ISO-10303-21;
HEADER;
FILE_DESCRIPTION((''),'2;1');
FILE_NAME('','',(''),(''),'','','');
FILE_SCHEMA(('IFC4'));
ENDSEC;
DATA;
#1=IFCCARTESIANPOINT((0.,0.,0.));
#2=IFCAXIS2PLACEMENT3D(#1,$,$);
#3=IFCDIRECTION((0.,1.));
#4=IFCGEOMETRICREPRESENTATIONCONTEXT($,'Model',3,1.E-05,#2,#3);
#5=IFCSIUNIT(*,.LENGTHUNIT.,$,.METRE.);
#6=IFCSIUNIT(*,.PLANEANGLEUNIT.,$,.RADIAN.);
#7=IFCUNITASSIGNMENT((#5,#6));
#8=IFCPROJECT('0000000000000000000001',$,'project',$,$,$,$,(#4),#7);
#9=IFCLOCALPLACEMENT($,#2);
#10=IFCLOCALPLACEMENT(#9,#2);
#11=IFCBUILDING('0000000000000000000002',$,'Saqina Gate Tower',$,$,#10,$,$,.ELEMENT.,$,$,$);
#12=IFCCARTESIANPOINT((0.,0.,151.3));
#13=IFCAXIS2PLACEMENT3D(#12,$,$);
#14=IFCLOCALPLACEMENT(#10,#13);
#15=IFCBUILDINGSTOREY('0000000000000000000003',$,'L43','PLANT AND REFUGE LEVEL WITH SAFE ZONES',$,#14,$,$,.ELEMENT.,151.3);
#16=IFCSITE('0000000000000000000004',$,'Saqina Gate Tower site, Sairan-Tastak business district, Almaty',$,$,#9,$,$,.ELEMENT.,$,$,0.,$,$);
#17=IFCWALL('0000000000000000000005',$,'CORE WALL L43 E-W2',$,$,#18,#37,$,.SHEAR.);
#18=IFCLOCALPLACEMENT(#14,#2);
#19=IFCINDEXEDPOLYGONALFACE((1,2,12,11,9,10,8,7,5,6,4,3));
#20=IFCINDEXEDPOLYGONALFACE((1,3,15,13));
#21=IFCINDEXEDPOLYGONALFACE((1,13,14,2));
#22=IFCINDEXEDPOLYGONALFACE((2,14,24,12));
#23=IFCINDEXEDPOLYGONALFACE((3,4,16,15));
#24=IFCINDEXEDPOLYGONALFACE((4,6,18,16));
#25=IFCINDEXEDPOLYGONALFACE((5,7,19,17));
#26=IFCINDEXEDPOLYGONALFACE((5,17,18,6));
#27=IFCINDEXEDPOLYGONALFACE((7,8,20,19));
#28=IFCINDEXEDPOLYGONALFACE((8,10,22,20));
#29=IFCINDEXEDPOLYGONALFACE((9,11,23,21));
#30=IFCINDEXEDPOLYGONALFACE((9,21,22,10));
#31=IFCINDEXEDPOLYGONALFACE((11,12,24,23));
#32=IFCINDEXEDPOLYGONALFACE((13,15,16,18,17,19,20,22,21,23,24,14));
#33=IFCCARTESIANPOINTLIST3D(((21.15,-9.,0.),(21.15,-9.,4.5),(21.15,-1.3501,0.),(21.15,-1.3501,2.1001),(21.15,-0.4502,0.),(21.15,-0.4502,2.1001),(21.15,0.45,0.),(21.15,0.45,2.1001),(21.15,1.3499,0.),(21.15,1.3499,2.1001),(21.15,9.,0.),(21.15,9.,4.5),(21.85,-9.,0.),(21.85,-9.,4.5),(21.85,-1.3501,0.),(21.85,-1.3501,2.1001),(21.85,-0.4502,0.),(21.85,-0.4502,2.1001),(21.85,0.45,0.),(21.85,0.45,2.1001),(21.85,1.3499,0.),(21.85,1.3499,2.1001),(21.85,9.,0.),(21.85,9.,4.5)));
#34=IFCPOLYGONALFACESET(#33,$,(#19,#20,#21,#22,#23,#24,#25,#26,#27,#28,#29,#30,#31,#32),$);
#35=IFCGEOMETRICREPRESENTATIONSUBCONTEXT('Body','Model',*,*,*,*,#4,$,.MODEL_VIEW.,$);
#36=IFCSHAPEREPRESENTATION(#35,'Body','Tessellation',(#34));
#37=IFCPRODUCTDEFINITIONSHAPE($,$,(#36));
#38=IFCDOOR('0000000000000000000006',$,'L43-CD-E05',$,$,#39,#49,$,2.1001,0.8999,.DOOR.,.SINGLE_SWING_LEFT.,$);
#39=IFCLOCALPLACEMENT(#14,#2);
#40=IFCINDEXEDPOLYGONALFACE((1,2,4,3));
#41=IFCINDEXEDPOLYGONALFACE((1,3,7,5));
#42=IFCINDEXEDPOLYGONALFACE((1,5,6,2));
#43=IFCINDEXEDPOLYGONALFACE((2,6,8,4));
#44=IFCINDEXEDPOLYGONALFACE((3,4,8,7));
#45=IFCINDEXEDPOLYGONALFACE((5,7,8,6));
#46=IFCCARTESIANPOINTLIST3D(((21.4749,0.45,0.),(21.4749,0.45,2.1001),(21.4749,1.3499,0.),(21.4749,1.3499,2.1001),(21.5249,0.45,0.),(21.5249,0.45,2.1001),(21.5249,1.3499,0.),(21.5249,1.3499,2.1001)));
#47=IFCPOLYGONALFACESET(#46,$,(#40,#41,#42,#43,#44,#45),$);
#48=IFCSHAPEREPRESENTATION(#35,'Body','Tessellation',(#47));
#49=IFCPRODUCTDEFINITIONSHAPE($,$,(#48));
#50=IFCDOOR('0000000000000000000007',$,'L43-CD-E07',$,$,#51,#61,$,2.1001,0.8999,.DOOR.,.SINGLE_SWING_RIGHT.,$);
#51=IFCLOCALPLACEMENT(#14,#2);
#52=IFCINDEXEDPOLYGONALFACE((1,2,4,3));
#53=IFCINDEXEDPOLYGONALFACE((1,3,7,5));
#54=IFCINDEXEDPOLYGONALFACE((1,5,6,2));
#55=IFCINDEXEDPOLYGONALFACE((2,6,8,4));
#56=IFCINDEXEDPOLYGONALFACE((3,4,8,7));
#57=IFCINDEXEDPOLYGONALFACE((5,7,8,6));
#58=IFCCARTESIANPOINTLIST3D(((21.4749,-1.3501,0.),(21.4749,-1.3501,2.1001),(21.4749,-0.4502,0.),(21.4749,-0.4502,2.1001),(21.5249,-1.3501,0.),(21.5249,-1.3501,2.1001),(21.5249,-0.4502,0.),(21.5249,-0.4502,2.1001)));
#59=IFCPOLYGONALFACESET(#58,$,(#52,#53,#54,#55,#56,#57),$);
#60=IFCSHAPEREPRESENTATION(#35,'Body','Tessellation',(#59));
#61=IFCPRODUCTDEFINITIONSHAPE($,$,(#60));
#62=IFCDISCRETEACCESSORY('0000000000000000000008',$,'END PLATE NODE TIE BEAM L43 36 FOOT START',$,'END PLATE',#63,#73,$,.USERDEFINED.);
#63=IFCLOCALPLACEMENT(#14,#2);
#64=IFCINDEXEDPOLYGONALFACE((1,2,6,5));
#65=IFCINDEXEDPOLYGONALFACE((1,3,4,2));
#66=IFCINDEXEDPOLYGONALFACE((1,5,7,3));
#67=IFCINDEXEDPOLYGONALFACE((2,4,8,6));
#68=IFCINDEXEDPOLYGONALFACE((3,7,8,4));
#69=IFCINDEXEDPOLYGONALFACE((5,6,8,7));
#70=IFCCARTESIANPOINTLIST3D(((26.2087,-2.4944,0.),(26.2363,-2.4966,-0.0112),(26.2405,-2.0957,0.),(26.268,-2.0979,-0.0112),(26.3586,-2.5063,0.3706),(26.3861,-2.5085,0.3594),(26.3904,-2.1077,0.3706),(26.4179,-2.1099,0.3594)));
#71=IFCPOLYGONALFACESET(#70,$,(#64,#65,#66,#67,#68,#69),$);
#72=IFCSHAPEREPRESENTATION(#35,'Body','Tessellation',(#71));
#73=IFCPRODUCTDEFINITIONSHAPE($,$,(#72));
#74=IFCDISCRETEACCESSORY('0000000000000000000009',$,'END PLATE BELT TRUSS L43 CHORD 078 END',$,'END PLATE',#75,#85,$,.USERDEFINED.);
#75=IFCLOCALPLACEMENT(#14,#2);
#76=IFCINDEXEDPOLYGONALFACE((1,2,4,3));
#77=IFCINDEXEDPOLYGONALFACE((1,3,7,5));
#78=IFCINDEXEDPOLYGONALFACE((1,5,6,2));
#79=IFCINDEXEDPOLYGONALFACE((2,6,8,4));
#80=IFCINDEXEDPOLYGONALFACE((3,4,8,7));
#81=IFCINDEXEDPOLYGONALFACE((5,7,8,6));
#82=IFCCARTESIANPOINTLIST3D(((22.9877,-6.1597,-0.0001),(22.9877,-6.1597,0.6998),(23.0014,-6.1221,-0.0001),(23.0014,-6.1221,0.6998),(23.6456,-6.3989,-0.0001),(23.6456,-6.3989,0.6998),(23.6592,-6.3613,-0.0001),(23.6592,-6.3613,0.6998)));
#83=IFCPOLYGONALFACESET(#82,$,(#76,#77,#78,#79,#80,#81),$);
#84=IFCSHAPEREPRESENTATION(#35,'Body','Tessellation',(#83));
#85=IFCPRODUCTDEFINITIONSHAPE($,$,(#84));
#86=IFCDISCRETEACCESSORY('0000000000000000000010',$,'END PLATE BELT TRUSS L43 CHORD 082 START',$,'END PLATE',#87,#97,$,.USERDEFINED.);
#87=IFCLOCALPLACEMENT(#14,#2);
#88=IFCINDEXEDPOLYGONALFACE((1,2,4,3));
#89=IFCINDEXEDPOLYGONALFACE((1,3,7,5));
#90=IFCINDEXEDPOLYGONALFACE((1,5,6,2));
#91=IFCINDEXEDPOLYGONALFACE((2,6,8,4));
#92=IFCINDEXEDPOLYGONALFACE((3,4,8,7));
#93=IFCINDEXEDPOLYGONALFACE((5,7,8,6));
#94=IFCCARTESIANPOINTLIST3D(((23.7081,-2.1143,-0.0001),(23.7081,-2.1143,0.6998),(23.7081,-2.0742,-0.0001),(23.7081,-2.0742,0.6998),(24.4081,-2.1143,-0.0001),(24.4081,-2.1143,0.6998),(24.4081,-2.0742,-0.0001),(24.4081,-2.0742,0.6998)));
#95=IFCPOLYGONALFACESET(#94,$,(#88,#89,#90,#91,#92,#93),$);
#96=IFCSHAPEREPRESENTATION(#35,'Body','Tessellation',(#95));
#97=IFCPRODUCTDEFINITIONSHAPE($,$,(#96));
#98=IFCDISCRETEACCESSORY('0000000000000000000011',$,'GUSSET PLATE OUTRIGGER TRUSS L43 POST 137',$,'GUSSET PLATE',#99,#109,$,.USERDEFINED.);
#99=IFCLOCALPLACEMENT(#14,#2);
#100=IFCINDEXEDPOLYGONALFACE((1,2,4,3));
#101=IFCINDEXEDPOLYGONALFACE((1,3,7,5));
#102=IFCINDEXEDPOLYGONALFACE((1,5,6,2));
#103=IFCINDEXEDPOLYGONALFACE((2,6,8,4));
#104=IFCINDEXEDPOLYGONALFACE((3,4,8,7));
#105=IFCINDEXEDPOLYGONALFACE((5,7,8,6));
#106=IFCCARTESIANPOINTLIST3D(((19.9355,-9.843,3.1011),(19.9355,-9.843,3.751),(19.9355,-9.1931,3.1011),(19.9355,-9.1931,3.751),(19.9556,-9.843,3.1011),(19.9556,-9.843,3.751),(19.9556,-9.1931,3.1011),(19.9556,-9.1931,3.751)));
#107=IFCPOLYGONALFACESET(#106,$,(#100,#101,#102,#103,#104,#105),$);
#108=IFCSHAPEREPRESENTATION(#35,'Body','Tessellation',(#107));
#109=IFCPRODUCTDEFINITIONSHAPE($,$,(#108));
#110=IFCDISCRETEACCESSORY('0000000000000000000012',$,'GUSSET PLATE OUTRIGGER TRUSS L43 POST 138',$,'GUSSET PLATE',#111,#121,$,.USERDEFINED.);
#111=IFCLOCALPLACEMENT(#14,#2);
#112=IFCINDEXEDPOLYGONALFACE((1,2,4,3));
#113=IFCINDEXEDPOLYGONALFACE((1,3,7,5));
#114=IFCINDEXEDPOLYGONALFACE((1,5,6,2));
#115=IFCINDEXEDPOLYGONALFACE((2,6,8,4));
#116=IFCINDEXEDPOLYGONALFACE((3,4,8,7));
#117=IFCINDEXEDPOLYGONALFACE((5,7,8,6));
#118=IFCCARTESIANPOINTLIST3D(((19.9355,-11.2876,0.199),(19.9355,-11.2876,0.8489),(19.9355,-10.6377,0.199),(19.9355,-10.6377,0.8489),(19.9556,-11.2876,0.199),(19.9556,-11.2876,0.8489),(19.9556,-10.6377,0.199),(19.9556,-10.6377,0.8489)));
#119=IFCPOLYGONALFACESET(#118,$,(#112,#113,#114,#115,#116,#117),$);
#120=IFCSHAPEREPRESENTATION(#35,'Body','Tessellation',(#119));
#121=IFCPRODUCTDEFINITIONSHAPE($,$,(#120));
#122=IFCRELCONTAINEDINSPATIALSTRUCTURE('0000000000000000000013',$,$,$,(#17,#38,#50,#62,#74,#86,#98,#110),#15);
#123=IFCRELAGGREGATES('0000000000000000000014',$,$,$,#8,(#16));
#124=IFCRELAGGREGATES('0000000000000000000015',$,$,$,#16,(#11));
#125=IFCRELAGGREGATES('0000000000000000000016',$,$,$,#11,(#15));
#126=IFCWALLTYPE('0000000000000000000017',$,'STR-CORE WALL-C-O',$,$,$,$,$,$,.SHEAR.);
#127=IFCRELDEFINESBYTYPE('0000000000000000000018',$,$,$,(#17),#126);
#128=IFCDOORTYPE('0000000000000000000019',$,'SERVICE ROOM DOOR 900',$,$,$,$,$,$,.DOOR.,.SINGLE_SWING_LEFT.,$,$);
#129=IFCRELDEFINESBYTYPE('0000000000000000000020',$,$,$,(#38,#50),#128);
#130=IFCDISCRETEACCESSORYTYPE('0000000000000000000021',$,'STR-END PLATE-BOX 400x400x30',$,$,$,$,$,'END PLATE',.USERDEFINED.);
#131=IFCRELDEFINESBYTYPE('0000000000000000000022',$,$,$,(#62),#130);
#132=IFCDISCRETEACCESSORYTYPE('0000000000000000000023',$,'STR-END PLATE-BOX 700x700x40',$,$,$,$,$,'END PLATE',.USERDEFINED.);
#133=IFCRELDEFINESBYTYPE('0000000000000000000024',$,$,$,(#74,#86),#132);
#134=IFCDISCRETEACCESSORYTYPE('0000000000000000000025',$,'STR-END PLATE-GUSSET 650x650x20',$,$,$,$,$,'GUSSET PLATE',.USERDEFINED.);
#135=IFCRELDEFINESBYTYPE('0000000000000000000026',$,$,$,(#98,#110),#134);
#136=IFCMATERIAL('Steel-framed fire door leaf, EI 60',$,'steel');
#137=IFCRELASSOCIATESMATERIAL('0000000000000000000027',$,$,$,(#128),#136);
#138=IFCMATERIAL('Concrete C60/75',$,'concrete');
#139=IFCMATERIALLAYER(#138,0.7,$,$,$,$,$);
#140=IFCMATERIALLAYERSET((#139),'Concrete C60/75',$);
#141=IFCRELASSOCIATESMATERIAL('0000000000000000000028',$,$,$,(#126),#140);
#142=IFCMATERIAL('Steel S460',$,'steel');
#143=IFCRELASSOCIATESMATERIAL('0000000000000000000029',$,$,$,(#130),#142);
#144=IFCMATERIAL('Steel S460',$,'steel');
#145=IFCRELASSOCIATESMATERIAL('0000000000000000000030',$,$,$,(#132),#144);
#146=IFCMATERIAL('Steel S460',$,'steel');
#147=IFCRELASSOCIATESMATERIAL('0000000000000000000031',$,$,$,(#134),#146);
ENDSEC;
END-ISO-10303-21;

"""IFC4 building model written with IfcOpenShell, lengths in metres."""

from ifc_helpers import new_model, si_unit, direction, frame, frame_2d, origin, origin_2d, place, context, subcontext, project, spatial, rectangle, extrude, material, layer, layer_set, material_profile, profile_set, type_object, element, fill, save


model = new_model("IFC4")

# Units and contexts
model_context = context("Model", 3, precision=1e-05, world=origin(), true_north=direction((0.0, 1.0)))
body_context = subcontext(model_context, "Body", "Model", "MODEL_VIEW")
ifc_project = project(units=[si_unit("LENGTHUNIT", "METRE"), si_unit("PLANEANGLEUNIT", "RADIAN")], contexts=[model_context])

# Site, building, storey
site_placement = place(None, origin())
site = spatial("IfcSite", under=ifc_project, at=site_placement, Name="Saqina Gate Tower site, Sairan-Tastak business district, Almaty", CompositionType="ELEMENT", RefElevation=0.0)
building_placement = place(site_placement, origin())
building = spatial("IfcBuilding", under=site, at=building_placement, Name="Saqina Gate Tower", CompositionType="ELEMENT")
storey_placement = place(building_placement, frame((0.0, 0.0, 151.3)))
storey = spatial("IfcBuildingStorey", under=building, at=storey_placement, Name="L43", Description="PLANT AND REFUGE LEVEL WITH SAFE ZONES", CompositionType="ELEMENT", Elevation=151.3)

# Shared definitions
ifc_material_1 = material(Name="Steel-framed fire door leaf, EI 60", Category="steel")
door_type_1 = type_object("IfcDoorType", Name="SERVICE ROOM DOOR 900", OperationType="SINGLE_SWING_LEFT", PredefinedType="DOOR", material=ifc_material_1)

# Wall, openings, doors
ifc_material_2 = material(Name="Concrete C60/75", Category="concrete")
ifc_layer_1 = layer(ifc_material_2, 0.7)
ifc_layer_set_1 = layer_set([ifc_layer_1], Name="Concrete C60/75")
wall_type_1 = type_object("IfcWallType", Name="STR-CORE WALL-C-O", PredefinedType="SHEAR", material=ifc_layer_set_1)
wall_1_placement = place(storey_placement, frame((21.5, -9.0, 0.0), z_axis=(0.0, 0.0, 1.0), x_axis=(0.0, 1.0, 0.0)))
wall_1 = element("IfcWall", 1, at=wall_1_placement, inside=storey, type_object=wall_type_1, Name="CORE WALL L43 E-W2", PredefinedType="SHEAR", context=body_context, shape_type="SweptSolid", body=[
    extrude(rectangle(XDim=18.0, YDim=0.7, at=frame_2d((9.0, 0.0))), origin(), (0.0, 0.0, 1.0), 4.5),
])
opening_1_placement = place(wall_1_placement, frame((9.45, 0.0, 0.0)))
opening_1 = element("IfcOpeningElement", 2, at=opening_1_placement, cuts=wall_1, PredefinedType="OPENING", context=body_context, shape_type="SweptSolid", body=[
    extrude(rectangle(XDim=0.8999, YDim=2.1001, at=frame_2d((0.45, 1.05))), frame((0.0, 0.3621, 0.0), z_axis=(0.0, -1.0, 0.0), x_axis=(1.0, 0.0, 0.0)), (0.0, 0.0, 1.0), 0.7239),
])
opening_2_placement = place(wall_1_placement, frame((7.6499, 0.0, 0.0)))
opening_2 = element("IfcOpeningElement", 3, at=opening_2_placement, cuts=wall_1, PredefinedType="OPENING", context=body_context, shape_type="SweptSolid", body=[
    extrude(rectangle(XDim=0.8999, YDim=2.1001, at=frame_2d((0.45, 1.05))), frame((0.0, 0.3621, 0.0), z_axis=(0.0, -1.0, 0.0), x_axis=(1.0, 0.0, 0.0)), (0.0, 0.0, 1.0), 0.7239),
])
door_1_placement = place(opening_1_placement, frame((0.8999, 0.0, 0.0), z_axis=(0.0, 0.0, 1.0), x_axis=(-1.0, 0.0, 0.0)))
door_1 = element("IfcDoor", 4, at=door_1_placement, inside=storey, type_object=door_type_1, Name="L43-CD-E05", OperationType="SINGLE_SWING_LEFT", OverallHeight=2.1001, OverallWidth=0.8999, PredefinedType="DOOR", context=body_context, shape_type="SweptSolid", body=[
    extrude(rectangle(XDim=0.8999, YDim=2.1001, at=frame_2d((0.45, 1.05))), frame((0.0, 0.0249, 0.0), z_axis=(0.0, -1.0, 0.0), x_axis=(1.0, 0.0, 0.0)), (0.0, 0.0, 1.0), 0.05),
])
fill(opening_1, door_1)
door_2_placement = place(opening_2_placement, frame((0.8999, 0.0, 0.0), z_axis=(0.0, 0.0, 1.0), x_axis=(-1.0, 0.0, 0.0)))
door_2 = element("IfcDoor", 5, at=door_2_placement, inside=storey, type_object=door_type_1, Name="L43-CD-E07", OperationType="SINGLE_SWING_RIGHT", OverallHeight=2.1001, OverallWidth=0.8999, PredefinedType="DOOR", context=body_context, shape_type="SweptSolid", body=[
    extrude(rectangle(XDim=0.8999, YDim=2.1001, at=frame_2d((0.45, 1.05))), frame((0.0, 0.0249, 0.0), z_axis=(0.0, -1.0, 0.0), x_axis=(1.0, 0.0, 0.0)), (0.0, 0.0, 1.0), 0.05),
])
fill(opening_2, door_2)

# Discrete accessories
ifc_material_3 = material(Name="Steel S460", Category="steel")
ifc_material_profile_1 = material_profile(ifc_material_3, rectangle(XDim=0.3999, YDim=0.3999, at=origin_2d()), Name="STR-END PLATE-BOX 400x400x30")
ifc_profile_set_1 = profile_set([ifc_material_profile_1], Name="Steel S460")
discrete_accessory_type_1 = type_object("IfcDiscreteAccessoryType", Name="STR-END PLATE-BOX 400x400x30", ElementType="END PLATE", PredefinedType="USERDEFINED", material=ifc_profile_set_1)
discrete_accessory_placement = place(storey_placement, frame((26.2996, -2.301, 0.1853), z_axis=(0.923689, -0.073568, -0.376015), x_axis=(-0.079395, -0.996843, 0.0)))
element("IfcDiscreteAccessory", 6, at=discrete_accessory_placement, inside=storey, type_object=discrete_accessory_type_1, Name="END PLATE NODE TIE BEAM L43 36 FOOT START", ObjectType="END PLATE", PredefinedType="USERDEFINED", context=body_context, shape_type="SweptSolid", body=[
    extrude(rectangle(XDim=0.3999, YDim=0.3999, at=origin_2d()), origin(), (0.0, 0.0, 1.0), 0.0298),
])
ifc_material_4 = material(Name="Steel S460", Category="steel")
ifc_material_profile_2 = material_profile(ifc_material_4, rectangle(XDim=0.7, YDim=0.7, at=origin_2d()), Name="STR-END PLATE-BOX 700x700x40")
ifc_profile_set_2 = profile_set([ifc_material_profile_2], Name="Steel S460")
discrete_accessory_type_2 = type_object("IfcDiscreteAccessoryType", Name="STR-END PLATE-BOX 700x700x40", ElementType="END PLATE", PredefinedType="USERDEFINED", material=ifc_profile_set_2)
for number, where, z_axis, x_axis, name in (
    (7, (23.3167, -6.2793, 0.3499), (0.341743, 0.939793, 0.0), (-0.939793, 0.341743, 0.0), "END PLATE BELT TRUSS L43 CHORD 078 END"),
    (8, (24.0581, -2.0742, 0.3499), (0.0, -1.0, 0.0), (-1.0, 0.0, 0.0), "END PLATE BELT TRUSS L43 CHORD 082 START"),
):
    element("IfcDiscreteAccessory", number, at=place(storey_placement, frame(where, z_axis=z_axis, x_axis=x_axis)), inside=storey, type_object=discrete_accessory_type_2, Name=name, ObjectType="END PLATE", PredefinedType="USERDEFINED", context=body_context, shape_type="SweptSolid", body=[
        extrude(rectangle(XDim=0.7, YDim=0.7, at=origin_2d()), origin(), (0.0, 0.0, 1.0), 0.04),
    ])
ifc_material_5 = material(Name="Steel S460", Category="steel")
ifc_material_profile_3 = material_profile(ifc_material_5, rectangle(XDim=0.6499, YDim=0.6499, at=origin_2d()), Name="STR-END PLATE-GUSSET 650x650x20")
ifc_profile_set_3 = profile_set([ifc_material_profile_3], Name="Steel S460")
discrete_accessory_type_3 = type_object("IfcDiscreteAccessoryType", Name="STR-END PLATE-GUSSET 650x650x20", ElementType="GUSSET PLATE", PredefinedType="USERDEFINED", material=ifc_profile_set_3)
for number, where, z_axis, x_axis, name in (
    (9, (19.9355, -9.5181, 3.426), (1.0, 0.0, 0.0), (0.0, 1.0, 0.0), "GUSSET PLATE OUTRIGGER TRUSS L43 POST 137"),
    (10, (19.9355, -10.9626, 0.5239), (1.0, 0.0, 0.0), (0.0, 1.0, 0.0), "GUSSET PLATE OUTRIGGER TRUSS L43 POST 138"),
):
    element("IfcDiscreteAccessory", number, at=place(storey_placement, frame(where, z_axis=z_axis, x_axis=x_axis)), inside=storey, type_object=discrete_accessory_type_3, Name=name, ObjectType="GUSSET PLATE", PredefinedType="USERDEFINED", context=body_context, shape_type="SweptSolid", body=[
        extrude(rectangle(XDim=0.6499, YDim=0.6499, at=origin_2d()), origin(), (0.0, 0.0, 1.0), 0.02),
    ])

save(model, "model.ifc")
